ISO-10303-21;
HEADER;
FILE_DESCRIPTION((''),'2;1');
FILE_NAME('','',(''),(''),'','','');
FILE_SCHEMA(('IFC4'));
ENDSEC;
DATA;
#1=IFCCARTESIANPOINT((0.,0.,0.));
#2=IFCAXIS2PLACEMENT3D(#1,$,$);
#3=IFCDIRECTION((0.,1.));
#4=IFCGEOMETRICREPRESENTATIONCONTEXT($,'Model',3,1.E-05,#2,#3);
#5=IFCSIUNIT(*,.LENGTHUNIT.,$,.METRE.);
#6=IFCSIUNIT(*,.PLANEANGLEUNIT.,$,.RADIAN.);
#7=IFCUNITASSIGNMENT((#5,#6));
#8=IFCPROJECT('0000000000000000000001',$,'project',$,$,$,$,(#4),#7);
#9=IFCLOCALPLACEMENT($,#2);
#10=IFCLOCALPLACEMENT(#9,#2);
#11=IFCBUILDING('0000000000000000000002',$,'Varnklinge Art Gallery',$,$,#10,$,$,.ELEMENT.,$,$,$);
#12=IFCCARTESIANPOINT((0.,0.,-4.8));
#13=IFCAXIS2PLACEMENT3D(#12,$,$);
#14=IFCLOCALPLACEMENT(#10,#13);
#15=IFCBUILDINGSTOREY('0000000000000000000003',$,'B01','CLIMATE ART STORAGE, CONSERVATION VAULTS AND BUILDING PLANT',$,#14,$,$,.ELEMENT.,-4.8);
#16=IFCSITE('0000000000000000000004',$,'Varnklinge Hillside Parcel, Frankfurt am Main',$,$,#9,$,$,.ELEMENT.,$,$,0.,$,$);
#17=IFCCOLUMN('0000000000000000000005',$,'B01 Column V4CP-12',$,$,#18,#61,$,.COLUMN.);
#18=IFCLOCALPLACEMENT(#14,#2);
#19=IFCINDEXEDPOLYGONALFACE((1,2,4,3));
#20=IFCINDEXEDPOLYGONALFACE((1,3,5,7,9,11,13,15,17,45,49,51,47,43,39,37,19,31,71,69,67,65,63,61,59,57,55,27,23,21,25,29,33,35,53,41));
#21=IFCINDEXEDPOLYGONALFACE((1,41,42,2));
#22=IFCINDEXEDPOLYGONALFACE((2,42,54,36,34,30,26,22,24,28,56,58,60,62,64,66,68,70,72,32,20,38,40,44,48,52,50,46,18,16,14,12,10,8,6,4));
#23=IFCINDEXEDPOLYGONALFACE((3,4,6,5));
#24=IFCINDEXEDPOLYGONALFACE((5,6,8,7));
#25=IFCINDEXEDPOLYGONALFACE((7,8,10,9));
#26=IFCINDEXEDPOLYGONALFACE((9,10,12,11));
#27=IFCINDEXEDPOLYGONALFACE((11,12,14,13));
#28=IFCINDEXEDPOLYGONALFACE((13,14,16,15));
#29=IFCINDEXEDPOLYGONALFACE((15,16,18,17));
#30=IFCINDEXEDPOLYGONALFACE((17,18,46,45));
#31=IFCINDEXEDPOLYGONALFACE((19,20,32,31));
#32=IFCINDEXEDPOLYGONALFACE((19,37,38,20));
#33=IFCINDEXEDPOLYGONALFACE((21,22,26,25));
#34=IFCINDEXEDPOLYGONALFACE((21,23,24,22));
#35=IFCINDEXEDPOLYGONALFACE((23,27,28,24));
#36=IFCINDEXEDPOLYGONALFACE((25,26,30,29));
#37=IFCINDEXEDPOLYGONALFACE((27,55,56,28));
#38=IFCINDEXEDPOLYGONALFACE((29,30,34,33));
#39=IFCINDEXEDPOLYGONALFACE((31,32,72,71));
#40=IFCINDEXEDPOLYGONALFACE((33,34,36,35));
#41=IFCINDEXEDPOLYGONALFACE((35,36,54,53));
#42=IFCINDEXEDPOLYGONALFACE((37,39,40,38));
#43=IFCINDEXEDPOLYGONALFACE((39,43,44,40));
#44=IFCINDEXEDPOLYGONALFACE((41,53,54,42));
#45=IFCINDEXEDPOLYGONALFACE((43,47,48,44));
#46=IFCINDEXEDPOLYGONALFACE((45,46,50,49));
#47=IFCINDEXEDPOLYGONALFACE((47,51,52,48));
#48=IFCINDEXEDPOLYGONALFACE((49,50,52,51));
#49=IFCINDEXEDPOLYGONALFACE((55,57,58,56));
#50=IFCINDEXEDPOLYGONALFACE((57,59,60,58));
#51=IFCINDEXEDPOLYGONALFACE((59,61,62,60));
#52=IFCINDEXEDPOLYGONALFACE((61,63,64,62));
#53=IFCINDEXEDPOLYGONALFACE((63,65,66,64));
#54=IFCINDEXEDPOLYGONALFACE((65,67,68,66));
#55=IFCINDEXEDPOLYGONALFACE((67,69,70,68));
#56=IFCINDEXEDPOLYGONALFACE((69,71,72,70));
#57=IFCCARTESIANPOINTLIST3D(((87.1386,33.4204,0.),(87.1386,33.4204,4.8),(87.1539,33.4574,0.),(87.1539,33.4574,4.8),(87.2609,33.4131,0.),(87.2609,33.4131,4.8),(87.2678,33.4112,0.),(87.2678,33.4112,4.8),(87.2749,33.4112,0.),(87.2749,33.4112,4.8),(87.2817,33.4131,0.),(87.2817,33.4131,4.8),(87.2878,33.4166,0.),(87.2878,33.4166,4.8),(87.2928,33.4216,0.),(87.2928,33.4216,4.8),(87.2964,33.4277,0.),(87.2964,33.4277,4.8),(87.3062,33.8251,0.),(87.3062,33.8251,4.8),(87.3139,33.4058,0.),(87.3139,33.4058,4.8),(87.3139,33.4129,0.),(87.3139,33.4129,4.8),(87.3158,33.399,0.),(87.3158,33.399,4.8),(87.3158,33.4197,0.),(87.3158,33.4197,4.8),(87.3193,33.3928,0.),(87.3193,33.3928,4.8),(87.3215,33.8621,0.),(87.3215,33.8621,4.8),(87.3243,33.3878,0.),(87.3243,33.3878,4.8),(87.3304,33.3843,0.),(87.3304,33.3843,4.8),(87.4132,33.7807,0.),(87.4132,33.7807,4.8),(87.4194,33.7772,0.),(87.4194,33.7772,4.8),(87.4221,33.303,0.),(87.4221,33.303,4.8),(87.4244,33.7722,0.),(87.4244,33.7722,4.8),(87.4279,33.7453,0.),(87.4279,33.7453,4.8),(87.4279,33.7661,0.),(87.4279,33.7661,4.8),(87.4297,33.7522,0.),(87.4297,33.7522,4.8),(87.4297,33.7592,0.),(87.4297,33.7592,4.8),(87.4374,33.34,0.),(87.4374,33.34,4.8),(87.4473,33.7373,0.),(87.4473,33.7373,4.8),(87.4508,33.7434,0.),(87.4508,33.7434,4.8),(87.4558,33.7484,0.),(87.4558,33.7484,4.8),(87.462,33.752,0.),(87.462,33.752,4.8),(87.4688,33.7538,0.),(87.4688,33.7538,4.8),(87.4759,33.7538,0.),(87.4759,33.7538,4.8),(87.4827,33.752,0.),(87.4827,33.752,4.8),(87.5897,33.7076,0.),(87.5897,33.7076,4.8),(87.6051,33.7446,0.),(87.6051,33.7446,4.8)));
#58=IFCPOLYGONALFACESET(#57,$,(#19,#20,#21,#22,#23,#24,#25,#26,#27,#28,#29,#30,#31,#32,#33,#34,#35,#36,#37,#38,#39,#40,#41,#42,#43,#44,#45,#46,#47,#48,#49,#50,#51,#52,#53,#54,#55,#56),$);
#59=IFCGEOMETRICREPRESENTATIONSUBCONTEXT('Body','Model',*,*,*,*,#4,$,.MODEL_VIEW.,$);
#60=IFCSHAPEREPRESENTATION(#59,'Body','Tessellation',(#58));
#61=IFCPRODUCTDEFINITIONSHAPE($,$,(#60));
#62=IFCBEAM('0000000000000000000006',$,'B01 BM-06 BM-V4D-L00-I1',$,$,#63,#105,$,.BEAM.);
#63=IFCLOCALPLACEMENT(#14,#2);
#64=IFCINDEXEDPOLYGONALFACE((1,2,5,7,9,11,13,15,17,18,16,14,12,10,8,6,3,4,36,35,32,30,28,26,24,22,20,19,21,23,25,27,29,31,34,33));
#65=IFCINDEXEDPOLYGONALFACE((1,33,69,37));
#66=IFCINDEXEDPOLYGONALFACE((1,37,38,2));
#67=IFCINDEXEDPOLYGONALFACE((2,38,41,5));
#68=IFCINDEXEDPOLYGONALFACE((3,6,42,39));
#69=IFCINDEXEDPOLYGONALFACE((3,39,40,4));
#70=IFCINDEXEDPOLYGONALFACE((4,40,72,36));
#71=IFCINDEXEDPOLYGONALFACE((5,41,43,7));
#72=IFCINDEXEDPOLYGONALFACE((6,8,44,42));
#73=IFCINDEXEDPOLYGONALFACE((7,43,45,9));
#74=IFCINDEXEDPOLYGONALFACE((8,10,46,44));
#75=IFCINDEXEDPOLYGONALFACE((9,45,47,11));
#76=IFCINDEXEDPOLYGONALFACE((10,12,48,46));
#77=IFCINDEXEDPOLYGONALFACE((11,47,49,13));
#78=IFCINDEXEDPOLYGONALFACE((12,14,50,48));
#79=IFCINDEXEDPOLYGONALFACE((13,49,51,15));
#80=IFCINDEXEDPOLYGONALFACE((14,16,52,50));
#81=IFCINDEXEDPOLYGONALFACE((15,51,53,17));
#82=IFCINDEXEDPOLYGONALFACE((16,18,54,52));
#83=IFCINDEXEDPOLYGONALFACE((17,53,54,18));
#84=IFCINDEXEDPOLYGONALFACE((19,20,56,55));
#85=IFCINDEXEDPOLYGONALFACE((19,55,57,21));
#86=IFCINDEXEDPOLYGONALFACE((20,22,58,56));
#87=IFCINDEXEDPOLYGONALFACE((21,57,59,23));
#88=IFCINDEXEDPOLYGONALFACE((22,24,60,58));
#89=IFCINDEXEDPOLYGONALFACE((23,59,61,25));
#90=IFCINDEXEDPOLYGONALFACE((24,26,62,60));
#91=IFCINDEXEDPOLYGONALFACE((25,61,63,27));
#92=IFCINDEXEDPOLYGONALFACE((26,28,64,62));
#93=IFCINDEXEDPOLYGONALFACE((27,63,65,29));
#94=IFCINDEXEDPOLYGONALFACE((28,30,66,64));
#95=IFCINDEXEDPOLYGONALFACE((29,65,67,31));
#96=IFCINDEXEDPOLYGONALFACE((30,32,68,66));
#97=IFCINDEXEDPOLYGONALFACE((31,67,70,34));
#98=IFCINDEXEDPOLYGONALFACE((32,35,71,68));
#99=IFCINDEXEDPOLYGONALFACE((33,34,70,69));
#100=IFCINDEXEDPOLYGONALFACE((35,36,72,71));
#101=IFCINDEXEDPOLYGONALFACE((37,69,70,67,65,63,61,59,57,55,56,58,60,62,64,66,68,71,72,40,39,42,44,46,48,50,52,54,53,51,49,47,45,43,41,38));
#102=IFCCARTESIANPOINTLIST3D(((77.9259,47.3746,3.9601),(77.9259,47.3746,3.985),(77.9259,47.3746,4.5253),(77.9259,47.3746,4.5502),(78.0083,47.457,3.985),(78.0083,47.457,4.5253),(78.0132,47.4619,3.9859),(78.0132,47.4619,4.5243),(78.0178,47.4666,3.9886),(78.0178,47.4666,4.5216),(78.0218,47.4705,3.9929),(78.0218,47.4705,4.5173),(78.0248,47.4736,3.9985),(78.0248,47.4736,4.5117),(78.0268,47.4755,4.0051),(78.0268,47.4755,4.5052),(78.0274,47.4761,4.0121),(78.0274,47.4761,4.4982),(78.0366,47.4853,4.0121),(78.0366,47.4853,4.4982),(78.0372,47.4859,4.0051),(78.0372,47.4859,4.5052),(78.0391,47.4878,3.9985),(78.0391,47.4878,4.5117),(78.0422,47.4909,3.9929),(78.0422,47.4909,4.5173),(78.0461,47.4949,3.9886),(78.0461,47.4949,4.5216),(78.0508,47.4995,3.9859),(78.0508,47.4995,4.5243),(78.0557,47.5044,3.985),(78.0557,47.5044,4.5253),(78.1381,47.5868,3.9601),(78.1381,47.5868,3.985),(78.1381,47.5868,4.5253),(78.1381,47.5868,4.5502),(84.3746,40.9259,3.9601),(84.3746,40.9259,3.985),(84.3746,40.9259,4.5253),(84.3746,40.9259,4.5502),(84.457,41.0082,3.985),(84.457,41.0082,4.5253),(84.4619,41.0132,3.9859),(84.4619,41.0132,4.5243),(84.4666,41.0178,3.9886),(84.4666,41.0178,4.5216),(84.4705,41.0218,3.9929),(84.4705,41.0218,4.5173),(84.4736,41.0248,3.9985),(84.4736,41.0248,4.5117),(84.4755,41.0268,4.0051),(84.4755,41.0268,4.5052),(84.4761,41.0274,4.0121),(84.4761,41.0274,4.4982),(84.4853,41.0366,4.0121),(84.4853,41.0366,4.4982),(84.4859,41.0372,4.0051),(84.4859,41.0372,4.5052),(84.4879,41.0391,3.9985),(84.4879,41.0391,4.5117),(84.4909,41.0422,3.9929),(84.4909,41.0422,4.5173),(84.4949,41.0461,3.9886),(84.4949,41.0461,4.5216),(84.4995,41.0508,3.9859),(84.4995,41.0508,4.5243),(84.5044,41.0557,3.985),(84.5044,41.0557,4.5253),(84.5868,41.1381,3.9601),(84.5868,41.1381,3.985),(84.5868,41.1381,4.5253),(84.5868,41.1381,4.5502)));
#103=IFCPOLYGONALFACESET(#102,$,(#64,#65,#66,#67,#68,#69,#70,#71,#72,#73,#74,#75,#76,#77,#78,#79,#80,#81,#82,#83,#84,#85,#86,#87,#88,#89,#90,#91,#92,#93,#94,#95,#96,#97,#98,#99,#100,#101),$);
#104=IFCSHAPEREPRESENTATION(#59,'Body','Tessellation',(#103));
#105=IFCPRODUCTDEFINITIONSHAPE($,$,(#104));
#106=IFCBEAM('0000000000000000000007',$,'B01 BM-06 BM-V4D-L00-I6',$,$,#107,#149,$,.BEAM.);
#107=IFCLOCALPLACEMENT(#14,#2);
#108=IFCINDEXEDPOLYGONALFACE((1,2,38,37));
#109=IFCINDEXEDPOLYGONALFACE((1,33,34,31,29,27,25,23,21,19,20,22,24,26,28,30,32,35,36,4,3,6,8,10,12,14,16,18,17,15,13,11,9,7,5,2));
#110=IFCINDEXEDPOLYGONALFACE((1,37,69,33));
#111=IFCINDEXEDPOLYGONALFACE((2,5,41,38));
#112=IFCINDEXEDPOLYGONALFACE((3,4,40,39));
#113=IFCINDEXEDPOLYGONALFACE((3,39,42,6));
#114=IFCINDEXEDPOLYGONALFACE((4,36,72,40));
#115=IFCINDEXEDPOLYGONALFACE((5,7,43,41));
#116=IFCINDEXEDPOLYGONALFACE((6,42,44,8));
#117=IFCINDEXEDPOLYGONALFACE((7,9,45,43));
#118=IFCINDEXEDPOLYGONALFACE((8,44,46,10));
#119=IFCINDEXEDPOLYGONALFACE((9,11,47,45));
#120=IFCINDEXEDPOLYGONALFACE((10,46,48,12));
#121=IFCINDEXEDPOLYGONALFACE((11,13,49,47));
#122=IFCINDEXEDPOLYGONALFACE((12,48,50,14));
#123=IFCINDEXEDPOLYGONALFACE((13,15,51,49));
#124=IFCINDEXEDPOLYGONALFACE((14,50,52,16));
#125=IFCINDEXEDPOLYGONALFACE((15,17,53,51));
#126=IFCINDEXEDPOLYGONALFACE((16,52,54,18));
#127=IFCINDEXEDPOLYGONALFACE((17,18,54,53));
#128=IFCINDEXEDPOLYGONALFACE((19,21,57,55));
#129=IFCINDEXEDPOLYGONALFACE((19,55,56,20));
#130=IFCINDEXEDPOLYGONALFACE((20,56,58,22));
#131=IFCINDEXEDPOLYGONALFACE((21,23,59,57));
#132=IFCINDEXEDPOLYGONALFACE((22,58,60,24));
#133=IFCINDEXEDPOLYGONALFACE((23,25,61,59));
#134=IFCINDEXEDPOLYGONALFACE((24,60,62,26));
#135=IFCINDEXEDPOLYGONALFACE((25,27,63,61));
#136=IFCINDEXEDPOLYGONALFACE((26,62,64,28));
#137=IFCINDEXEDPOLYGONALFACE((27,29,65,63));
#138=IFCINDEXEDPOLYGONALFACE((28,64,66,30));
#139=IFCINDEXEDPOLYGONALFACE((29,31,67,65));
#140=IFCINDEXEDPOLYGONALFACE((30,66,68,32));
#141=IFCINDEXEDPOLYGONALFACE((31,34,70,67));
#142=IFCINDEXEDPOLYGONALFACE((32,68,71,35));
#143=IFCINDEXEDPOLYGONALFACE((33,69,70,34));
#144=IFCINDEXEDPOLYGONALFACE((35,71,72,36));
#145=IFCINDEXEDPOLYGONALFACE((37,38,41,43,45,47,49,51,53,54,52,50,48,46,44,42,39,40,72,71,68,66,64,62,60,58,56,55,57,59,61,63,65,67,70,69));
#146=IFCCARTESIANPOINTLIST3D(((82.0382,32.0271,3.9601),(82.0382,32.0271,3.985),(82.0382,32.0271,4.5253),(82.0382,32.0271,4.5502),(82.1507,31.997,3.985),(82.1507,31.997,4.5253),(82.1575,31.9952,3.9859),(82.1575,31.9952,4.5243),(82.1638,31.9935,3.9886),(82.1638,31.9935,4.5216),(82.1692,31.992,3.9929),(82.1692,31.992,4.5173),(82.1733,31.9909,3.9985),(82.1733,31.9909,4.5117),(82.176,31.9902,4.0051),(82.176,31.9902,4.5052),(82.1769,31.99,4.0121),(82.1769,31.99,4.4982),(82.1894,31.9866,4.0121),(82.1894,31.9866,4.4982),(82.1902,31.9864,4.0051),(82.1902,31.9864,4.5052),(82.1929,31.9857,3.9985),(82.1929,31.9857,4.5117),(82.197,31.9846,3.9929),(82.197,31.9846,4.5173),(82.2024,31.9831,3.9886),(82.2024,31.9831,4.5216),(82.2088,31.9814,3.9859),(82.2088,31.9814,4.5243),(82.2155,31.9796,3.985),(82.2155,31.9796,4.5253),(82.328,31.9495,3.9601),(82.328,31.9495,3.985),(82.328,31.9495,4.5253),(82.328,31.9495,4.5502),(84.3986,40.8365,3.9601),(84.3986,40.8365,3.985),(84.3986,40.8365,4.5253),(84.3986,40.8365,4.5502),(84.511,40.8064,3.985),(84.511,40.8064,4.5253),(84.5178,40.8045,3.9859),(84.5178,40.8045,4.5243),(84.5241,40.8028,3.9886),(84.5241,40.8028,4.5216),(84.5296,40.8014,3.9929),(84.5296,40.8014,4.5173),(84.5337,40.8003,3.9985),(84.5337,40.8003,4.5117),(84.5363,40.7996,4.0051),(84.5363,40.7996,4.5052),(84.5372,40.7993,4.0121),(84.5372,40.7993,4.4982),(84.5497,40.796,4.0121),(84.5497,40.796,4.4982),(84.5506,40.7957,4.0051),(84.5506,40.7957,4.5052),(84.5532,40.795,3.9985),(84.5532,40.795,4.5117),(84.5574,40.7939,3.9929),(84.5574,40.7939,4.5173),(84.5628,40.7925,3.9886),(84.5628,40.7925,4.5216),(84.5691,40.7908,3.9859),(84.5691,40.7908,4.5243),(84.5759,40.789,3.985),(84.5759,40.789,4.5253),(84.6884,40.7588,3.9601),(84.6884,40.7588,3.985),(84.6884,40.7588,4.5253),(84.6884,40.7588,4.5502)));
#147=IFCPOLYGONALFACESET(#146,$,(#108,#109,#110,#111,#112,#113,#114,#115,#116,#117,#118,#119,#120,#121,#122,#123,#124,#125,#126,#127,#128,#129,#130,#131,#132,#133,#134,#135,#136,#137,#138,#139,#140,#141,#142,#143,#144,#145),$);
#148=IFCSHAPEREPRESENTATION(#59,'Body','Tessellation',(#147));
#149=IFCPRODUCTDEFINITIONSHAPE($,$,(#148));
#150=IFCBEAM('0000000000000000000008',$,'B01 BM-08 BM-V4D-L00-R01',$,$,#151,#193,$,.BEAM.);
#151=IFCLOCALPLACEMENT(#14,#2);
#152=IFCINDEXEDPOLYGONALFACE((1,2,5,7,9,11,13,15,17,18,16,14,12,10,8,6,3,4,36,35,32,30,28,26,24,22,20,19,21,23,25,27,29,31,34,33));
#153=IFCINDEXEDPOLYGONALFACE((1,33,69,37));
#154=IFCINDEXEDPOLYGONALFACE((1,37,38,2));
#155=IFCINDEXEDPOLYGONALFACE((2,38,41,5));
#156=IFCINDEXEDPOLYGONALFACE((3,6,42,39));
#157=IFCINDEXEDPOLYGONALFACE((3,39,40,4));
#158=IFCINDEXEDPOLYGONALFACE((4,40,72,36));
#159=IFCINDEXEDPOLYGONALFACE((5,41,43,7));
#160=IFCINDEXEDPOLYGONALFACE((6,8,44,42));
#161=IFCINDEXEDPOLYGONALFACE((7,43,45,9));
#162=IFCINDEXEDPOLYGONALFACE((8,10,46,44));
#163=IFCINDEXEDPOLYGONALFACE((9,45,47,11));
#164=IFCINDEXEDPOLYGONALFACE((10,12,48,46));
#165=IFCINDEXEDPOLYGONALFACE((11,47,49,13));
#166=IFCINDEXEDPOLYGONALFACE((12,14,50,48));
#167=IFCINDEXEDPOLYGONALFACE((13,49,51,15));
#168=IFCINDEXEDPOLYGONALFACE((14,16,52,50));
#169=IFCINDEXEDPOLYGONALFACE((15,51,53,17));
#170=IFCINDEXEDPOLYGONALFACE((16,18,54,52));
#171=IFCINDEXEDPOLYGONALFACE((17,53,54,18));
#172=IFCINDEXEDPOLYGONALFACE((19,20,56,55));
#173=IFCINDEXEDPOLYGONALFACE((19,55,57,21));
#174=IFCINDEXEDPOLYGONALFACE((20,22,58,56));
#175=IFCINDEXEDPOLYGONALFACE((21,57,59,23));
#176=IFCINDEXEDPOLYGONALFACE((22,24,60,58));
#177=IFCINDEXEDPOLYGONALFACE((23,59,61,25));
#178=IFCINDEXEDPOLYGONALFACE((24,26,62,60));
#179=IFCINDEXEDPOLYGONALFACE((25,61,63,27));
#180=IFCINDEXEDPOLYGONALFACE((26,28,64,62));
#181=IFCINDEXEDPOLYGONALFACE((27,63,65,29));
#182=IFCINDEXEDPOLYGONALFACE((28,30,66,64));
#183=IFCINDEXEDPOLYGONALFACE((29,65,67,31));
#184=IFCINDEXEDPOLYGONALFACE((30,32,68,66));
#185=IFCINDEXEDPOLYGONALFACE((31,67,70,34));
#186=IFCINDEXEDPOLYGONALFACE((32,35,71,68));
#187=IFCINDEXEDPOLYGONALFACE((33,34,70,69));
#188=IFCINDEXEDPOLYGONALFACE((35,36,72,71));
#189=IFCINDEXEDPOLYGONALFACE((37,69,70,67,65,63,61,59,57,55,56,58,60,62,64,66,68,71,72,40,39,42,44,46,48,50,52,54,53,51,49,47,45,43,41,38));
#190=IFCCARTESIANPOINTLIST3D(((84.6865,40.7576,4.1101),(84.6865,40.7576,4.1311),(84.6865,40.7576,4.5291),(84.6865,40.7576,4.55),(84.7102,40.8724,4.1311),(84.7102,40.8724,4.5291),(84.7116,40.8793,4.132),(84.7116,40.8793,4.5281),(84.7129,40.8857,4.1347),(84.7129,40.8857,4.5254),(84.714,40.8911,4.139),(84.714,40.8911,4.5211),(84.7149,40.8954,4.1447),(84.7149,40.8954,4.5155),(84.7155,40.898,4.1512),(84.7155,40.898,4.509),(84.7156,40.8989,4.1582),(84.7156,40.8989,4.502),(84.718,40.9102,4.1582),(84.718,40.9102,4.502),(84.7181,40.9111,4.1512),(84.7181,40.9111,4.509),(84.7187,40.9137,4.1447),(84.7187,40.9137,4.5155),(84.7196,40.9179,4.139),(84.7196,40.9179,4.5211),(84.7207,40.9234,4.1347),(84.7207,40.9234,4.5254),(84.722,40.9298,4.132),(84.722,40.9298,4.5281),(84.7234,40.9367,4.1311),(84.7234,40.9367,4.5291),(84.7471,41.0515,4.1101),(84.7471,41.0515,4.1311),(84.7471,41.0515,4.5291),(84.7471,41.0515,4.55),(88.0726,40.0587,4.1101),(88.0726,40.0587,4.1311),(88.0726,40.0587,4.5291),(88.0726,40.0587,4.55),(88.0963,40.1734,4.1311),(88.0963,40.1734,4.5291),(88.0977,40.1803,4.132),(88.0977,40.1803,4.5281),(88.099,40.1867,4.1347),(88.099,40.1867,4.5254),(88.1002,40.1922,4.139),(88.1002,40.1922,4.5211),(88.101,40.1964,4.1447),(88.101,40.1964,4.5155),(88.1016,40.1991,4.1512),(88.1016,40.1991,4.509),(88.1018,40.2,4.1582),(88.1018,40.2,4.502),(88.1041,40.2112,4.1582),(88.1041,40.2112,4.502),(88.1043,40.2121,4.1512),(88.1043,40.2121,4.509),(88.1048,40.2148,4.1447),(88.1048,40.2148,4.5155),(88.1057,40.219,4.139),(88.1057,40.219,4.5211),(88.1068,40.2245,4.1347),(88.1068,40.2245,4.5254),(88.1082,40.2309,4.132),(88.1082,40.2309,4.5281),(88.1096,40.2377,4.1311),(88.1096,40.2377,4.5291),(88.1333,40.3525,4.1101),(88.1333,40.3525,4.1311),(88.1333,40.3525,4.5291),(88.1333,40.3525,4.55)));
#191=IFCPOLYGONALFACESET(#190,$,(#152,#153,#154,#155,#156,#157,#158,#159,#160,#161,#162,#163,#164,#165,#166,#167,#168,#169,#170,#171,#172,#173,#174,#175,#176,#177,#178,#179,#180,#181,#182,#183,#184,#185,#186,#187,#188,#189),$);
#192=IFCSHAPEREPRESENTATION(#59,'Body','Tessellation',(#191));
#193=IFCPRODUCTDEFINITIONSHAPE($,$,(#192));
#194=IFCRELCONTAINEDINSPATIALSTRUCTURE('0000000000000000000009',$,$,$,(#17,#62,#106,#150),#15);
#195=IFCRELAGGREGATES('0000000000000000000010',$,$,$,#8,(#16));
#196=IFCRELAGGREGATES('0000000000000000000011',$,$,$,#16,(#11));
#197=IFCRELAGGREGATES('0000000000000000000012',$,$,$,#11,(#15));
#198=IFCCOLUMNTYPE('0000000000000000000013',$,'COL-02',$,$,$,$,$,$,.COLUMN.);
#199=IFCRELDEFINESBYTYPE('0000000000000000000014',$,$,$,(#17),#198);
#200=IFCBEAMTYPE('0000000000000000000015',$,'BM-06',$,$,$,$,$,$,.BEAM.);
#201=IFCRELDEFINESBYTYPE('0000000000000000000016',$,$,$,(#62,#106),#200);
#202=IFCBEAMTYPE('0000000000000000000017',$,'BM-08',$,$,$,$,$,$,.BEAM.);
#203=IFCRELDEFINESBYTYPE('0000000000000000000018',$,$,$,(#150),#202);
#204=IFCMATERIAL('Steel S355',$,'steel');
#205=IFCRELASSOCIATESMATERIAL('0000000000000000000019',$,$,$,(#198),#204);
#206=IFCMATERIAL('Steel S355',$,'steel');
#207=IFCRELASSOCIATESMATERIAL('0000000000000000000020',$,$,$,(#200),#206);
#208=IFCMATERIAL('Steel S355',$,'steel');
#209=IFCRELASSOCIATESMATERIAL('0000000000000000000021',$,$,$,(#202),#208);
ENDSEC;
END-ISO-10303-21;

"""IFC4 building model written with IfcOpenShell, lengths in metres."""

from ifc_helpers import new_model, si_unit, direction, frame, origin, origin_2d, place, context, subcontext, project, spatial, i_section, extrude, material, material_profile, profile_set, type_object, element, save


model = new_model("IFC4")

# Units and contexts
model_context = context("Model", 3, precision=1e-05, world=origin(), true_north=direction((0.0, 1.0)))
body_context = subcontext(model_context, "Body", "Model", "MODEL_VIEW")
ifc_project = project(units=[si_unit("LENGTHUNIT", "METRE"), si_unit("PLANEANGLEUNIT", "RADIAN")], contexts=[model_context])

# Site, building, storey
site_placement = place(None, origin())
site = spatial("IfcSite", under=ifc_project, at=site_placement, Name="Varnklinge Hillside Parcel, Frankfurt am Main", CompositionType="ELEMENT", RefElevation=0.0)
building_placement = place(site_placement, origin())
building = spatial("IfcBuilding", under=site, at=building_placement, Name="Varnklinge Art Gallery", CompositionType="ELEMENT")
storey_placement = place(building_placement, frame((0.0, 0.0, -4.8)))
storey = spatial("IfcBuildingStorey", under=building, at=storey_placement, Name="B01", Description="CLIMATE ART STORAGE, CONSERVATION VAULTS AND BUILDING PLANT", CompositionType="ELEMENT", Elevation=-4.8)

# Column
ifc_material_1 = material(Name="Steel S355", Category="steel")
ifc_material_profile_1 = material_profile(ifc_material_1, i_section(OverallWidth=0.3069, OverallDepth=0.478, WebThickness=0.021, FlangeThickness=0.04, FilletRadius=0.0271, at=origin_2d()), Name="HEM 450")
ifc_profile_set_1 = profile_set([ifc_material_profile_1], Name="Steel S355")
column_type_1 = type_object("IfcColumnType", Name="COL-02", PredefinedType="COLUMN", material=ifc_profile_set_1)
for number, where, z_axis, x_axis, name in (
    (1, (87.3718, 33.5825, 0.0), (0.0, 0.0, 1.0), (0.92388, -0.382683, 0.0), "B01 Column V4CP-12"),
):
    element("IfcColumn", number, at=place(storey_placement, frame(where, z_axis=z_axis, x_axis=x_axis)), inside=storey, type_object=column_type_1, Name=name, PredefinedType="COLUMN", context=body_context, shape_type="SweptSolid", body=[
        extrude(i_section(OverallWidth=0.3069, OverallDepth=0.478, WebThickness=0.021, FlangeThickness=0.04, FilletRadius=0.0271, at=origin_2d()), origin(), (0.0, 0.0, 1.0), 4.8),
    ])

# Beams
ifc_material_2 = material(Name="Steel S355", Category="steel")
ifc_material_profile_2 = material_profile(ifc_material_2, i_section(OverallWidth=0.3, OverallDepth=0.5901, WebThickness=0.0129, FlangeThickness=0.0249, FilletRadius=0.0271, at=origin_2d()), Name="HEA 600")
ifc_profile_set_2 = profile_set([ifc_material_profile_2], Name="Steel S355")
beam_type_1 = type_object("IfcBeamType", Name="BM-06", PredefinedType="BEAM", material=ifc_profile_set_2)
beam_1_placement = place(storey_placement, frame((84.4807, 41.032, 4.2551), z_axis=(-0.707107, 0.707107, 0.0), x_axis=(-0.707107, -0.707107, 0.0)))
element("IfcBeam", 2, at=beam_1_placement, inside=storey, type_object=beam_type_1, Name="B01 BM-06 BM-V4D-L00-I1", PredefinedType="BEAM", context=body_context, shape_type="SweptSolid", body=[
    extrude(i_section(OverallWidth=0.3, OverallDepth=0.5901, WebThickness=0.0129, FlangeThickness=0.0249, FilletRadius=0.0271, at=origin_2d()), origin(), (0.0, 0.0, 1.0), 9.1199),
])
beam_2_placement = place(storey_placement, frame((82.1831, 31.9883, 4.2551), z_axis=(0.258809, 0.965929, 0.0), x_axis=(-0.965929, 0.258809, 0.0)))
element("IfcBeam", 3, at=beam_2_placement, inside=storey, type_object=beam_type_1, Name="B01 BM-06 BM-V4D-L00-I6", PredefinedType="BEAM", context=body_context, shape_type="SweptSolid", body=[
    extrude(i_section(OverallWidth=0.3, OverallDepth=0.5901, WebThickness=0.0129, FlangeThickness=0.0249, FilletRadius=0.0271, at=origin_2d()), origin(), (0.0, 0.0, 1.0), 9.1201),
])
ifc_material_3 = material(Name="Steel S355", Category="steel")
ifc_material_profile_3 = material_profile(ifc_material_3, i_section(OverallWidth=0.3, OverallDepth=0.4399, WebThickness=0.0115, FlangeThickness=0.021, FilletRadius=0.0271, at=origin_2d()), Name="HEA 450")
ifc_profile_set_3 = profile_set([ifc_material_profile_3], Name="Steel S355")
beam_type_2 = type_object("IfcBeamType", Name="BM-08", PredefinedType="BEAM", material=ifc_profile_set_3)
beam_3_placement = place(storey_placement, frame((84.7168, 40.9045, 4.3301), z_axis=(0.979354, -0.202155, 0.0), x_axis=(0.202155, 0.979354, 0.0)))
element("IfcBeam", 4, at=beam_3_placement, inside=storey, type_object=beam_type_2, Name="B01 BM-08 BM-V4D-L00-R01", PredefinedType="BEAM", context=body_context, shape_type="SweptSolid", body=[
    extrude(i_section(OverallWidth=0.3, OverallDepth=0.4399, WebThickness=0.0115, FlangeThickness=0.021, FilletRadius=0.0271, at=origin_2d()), origin(), (0.0, 0.0, 1.0), 3.4575),
])

save(model, "model.ifc")
